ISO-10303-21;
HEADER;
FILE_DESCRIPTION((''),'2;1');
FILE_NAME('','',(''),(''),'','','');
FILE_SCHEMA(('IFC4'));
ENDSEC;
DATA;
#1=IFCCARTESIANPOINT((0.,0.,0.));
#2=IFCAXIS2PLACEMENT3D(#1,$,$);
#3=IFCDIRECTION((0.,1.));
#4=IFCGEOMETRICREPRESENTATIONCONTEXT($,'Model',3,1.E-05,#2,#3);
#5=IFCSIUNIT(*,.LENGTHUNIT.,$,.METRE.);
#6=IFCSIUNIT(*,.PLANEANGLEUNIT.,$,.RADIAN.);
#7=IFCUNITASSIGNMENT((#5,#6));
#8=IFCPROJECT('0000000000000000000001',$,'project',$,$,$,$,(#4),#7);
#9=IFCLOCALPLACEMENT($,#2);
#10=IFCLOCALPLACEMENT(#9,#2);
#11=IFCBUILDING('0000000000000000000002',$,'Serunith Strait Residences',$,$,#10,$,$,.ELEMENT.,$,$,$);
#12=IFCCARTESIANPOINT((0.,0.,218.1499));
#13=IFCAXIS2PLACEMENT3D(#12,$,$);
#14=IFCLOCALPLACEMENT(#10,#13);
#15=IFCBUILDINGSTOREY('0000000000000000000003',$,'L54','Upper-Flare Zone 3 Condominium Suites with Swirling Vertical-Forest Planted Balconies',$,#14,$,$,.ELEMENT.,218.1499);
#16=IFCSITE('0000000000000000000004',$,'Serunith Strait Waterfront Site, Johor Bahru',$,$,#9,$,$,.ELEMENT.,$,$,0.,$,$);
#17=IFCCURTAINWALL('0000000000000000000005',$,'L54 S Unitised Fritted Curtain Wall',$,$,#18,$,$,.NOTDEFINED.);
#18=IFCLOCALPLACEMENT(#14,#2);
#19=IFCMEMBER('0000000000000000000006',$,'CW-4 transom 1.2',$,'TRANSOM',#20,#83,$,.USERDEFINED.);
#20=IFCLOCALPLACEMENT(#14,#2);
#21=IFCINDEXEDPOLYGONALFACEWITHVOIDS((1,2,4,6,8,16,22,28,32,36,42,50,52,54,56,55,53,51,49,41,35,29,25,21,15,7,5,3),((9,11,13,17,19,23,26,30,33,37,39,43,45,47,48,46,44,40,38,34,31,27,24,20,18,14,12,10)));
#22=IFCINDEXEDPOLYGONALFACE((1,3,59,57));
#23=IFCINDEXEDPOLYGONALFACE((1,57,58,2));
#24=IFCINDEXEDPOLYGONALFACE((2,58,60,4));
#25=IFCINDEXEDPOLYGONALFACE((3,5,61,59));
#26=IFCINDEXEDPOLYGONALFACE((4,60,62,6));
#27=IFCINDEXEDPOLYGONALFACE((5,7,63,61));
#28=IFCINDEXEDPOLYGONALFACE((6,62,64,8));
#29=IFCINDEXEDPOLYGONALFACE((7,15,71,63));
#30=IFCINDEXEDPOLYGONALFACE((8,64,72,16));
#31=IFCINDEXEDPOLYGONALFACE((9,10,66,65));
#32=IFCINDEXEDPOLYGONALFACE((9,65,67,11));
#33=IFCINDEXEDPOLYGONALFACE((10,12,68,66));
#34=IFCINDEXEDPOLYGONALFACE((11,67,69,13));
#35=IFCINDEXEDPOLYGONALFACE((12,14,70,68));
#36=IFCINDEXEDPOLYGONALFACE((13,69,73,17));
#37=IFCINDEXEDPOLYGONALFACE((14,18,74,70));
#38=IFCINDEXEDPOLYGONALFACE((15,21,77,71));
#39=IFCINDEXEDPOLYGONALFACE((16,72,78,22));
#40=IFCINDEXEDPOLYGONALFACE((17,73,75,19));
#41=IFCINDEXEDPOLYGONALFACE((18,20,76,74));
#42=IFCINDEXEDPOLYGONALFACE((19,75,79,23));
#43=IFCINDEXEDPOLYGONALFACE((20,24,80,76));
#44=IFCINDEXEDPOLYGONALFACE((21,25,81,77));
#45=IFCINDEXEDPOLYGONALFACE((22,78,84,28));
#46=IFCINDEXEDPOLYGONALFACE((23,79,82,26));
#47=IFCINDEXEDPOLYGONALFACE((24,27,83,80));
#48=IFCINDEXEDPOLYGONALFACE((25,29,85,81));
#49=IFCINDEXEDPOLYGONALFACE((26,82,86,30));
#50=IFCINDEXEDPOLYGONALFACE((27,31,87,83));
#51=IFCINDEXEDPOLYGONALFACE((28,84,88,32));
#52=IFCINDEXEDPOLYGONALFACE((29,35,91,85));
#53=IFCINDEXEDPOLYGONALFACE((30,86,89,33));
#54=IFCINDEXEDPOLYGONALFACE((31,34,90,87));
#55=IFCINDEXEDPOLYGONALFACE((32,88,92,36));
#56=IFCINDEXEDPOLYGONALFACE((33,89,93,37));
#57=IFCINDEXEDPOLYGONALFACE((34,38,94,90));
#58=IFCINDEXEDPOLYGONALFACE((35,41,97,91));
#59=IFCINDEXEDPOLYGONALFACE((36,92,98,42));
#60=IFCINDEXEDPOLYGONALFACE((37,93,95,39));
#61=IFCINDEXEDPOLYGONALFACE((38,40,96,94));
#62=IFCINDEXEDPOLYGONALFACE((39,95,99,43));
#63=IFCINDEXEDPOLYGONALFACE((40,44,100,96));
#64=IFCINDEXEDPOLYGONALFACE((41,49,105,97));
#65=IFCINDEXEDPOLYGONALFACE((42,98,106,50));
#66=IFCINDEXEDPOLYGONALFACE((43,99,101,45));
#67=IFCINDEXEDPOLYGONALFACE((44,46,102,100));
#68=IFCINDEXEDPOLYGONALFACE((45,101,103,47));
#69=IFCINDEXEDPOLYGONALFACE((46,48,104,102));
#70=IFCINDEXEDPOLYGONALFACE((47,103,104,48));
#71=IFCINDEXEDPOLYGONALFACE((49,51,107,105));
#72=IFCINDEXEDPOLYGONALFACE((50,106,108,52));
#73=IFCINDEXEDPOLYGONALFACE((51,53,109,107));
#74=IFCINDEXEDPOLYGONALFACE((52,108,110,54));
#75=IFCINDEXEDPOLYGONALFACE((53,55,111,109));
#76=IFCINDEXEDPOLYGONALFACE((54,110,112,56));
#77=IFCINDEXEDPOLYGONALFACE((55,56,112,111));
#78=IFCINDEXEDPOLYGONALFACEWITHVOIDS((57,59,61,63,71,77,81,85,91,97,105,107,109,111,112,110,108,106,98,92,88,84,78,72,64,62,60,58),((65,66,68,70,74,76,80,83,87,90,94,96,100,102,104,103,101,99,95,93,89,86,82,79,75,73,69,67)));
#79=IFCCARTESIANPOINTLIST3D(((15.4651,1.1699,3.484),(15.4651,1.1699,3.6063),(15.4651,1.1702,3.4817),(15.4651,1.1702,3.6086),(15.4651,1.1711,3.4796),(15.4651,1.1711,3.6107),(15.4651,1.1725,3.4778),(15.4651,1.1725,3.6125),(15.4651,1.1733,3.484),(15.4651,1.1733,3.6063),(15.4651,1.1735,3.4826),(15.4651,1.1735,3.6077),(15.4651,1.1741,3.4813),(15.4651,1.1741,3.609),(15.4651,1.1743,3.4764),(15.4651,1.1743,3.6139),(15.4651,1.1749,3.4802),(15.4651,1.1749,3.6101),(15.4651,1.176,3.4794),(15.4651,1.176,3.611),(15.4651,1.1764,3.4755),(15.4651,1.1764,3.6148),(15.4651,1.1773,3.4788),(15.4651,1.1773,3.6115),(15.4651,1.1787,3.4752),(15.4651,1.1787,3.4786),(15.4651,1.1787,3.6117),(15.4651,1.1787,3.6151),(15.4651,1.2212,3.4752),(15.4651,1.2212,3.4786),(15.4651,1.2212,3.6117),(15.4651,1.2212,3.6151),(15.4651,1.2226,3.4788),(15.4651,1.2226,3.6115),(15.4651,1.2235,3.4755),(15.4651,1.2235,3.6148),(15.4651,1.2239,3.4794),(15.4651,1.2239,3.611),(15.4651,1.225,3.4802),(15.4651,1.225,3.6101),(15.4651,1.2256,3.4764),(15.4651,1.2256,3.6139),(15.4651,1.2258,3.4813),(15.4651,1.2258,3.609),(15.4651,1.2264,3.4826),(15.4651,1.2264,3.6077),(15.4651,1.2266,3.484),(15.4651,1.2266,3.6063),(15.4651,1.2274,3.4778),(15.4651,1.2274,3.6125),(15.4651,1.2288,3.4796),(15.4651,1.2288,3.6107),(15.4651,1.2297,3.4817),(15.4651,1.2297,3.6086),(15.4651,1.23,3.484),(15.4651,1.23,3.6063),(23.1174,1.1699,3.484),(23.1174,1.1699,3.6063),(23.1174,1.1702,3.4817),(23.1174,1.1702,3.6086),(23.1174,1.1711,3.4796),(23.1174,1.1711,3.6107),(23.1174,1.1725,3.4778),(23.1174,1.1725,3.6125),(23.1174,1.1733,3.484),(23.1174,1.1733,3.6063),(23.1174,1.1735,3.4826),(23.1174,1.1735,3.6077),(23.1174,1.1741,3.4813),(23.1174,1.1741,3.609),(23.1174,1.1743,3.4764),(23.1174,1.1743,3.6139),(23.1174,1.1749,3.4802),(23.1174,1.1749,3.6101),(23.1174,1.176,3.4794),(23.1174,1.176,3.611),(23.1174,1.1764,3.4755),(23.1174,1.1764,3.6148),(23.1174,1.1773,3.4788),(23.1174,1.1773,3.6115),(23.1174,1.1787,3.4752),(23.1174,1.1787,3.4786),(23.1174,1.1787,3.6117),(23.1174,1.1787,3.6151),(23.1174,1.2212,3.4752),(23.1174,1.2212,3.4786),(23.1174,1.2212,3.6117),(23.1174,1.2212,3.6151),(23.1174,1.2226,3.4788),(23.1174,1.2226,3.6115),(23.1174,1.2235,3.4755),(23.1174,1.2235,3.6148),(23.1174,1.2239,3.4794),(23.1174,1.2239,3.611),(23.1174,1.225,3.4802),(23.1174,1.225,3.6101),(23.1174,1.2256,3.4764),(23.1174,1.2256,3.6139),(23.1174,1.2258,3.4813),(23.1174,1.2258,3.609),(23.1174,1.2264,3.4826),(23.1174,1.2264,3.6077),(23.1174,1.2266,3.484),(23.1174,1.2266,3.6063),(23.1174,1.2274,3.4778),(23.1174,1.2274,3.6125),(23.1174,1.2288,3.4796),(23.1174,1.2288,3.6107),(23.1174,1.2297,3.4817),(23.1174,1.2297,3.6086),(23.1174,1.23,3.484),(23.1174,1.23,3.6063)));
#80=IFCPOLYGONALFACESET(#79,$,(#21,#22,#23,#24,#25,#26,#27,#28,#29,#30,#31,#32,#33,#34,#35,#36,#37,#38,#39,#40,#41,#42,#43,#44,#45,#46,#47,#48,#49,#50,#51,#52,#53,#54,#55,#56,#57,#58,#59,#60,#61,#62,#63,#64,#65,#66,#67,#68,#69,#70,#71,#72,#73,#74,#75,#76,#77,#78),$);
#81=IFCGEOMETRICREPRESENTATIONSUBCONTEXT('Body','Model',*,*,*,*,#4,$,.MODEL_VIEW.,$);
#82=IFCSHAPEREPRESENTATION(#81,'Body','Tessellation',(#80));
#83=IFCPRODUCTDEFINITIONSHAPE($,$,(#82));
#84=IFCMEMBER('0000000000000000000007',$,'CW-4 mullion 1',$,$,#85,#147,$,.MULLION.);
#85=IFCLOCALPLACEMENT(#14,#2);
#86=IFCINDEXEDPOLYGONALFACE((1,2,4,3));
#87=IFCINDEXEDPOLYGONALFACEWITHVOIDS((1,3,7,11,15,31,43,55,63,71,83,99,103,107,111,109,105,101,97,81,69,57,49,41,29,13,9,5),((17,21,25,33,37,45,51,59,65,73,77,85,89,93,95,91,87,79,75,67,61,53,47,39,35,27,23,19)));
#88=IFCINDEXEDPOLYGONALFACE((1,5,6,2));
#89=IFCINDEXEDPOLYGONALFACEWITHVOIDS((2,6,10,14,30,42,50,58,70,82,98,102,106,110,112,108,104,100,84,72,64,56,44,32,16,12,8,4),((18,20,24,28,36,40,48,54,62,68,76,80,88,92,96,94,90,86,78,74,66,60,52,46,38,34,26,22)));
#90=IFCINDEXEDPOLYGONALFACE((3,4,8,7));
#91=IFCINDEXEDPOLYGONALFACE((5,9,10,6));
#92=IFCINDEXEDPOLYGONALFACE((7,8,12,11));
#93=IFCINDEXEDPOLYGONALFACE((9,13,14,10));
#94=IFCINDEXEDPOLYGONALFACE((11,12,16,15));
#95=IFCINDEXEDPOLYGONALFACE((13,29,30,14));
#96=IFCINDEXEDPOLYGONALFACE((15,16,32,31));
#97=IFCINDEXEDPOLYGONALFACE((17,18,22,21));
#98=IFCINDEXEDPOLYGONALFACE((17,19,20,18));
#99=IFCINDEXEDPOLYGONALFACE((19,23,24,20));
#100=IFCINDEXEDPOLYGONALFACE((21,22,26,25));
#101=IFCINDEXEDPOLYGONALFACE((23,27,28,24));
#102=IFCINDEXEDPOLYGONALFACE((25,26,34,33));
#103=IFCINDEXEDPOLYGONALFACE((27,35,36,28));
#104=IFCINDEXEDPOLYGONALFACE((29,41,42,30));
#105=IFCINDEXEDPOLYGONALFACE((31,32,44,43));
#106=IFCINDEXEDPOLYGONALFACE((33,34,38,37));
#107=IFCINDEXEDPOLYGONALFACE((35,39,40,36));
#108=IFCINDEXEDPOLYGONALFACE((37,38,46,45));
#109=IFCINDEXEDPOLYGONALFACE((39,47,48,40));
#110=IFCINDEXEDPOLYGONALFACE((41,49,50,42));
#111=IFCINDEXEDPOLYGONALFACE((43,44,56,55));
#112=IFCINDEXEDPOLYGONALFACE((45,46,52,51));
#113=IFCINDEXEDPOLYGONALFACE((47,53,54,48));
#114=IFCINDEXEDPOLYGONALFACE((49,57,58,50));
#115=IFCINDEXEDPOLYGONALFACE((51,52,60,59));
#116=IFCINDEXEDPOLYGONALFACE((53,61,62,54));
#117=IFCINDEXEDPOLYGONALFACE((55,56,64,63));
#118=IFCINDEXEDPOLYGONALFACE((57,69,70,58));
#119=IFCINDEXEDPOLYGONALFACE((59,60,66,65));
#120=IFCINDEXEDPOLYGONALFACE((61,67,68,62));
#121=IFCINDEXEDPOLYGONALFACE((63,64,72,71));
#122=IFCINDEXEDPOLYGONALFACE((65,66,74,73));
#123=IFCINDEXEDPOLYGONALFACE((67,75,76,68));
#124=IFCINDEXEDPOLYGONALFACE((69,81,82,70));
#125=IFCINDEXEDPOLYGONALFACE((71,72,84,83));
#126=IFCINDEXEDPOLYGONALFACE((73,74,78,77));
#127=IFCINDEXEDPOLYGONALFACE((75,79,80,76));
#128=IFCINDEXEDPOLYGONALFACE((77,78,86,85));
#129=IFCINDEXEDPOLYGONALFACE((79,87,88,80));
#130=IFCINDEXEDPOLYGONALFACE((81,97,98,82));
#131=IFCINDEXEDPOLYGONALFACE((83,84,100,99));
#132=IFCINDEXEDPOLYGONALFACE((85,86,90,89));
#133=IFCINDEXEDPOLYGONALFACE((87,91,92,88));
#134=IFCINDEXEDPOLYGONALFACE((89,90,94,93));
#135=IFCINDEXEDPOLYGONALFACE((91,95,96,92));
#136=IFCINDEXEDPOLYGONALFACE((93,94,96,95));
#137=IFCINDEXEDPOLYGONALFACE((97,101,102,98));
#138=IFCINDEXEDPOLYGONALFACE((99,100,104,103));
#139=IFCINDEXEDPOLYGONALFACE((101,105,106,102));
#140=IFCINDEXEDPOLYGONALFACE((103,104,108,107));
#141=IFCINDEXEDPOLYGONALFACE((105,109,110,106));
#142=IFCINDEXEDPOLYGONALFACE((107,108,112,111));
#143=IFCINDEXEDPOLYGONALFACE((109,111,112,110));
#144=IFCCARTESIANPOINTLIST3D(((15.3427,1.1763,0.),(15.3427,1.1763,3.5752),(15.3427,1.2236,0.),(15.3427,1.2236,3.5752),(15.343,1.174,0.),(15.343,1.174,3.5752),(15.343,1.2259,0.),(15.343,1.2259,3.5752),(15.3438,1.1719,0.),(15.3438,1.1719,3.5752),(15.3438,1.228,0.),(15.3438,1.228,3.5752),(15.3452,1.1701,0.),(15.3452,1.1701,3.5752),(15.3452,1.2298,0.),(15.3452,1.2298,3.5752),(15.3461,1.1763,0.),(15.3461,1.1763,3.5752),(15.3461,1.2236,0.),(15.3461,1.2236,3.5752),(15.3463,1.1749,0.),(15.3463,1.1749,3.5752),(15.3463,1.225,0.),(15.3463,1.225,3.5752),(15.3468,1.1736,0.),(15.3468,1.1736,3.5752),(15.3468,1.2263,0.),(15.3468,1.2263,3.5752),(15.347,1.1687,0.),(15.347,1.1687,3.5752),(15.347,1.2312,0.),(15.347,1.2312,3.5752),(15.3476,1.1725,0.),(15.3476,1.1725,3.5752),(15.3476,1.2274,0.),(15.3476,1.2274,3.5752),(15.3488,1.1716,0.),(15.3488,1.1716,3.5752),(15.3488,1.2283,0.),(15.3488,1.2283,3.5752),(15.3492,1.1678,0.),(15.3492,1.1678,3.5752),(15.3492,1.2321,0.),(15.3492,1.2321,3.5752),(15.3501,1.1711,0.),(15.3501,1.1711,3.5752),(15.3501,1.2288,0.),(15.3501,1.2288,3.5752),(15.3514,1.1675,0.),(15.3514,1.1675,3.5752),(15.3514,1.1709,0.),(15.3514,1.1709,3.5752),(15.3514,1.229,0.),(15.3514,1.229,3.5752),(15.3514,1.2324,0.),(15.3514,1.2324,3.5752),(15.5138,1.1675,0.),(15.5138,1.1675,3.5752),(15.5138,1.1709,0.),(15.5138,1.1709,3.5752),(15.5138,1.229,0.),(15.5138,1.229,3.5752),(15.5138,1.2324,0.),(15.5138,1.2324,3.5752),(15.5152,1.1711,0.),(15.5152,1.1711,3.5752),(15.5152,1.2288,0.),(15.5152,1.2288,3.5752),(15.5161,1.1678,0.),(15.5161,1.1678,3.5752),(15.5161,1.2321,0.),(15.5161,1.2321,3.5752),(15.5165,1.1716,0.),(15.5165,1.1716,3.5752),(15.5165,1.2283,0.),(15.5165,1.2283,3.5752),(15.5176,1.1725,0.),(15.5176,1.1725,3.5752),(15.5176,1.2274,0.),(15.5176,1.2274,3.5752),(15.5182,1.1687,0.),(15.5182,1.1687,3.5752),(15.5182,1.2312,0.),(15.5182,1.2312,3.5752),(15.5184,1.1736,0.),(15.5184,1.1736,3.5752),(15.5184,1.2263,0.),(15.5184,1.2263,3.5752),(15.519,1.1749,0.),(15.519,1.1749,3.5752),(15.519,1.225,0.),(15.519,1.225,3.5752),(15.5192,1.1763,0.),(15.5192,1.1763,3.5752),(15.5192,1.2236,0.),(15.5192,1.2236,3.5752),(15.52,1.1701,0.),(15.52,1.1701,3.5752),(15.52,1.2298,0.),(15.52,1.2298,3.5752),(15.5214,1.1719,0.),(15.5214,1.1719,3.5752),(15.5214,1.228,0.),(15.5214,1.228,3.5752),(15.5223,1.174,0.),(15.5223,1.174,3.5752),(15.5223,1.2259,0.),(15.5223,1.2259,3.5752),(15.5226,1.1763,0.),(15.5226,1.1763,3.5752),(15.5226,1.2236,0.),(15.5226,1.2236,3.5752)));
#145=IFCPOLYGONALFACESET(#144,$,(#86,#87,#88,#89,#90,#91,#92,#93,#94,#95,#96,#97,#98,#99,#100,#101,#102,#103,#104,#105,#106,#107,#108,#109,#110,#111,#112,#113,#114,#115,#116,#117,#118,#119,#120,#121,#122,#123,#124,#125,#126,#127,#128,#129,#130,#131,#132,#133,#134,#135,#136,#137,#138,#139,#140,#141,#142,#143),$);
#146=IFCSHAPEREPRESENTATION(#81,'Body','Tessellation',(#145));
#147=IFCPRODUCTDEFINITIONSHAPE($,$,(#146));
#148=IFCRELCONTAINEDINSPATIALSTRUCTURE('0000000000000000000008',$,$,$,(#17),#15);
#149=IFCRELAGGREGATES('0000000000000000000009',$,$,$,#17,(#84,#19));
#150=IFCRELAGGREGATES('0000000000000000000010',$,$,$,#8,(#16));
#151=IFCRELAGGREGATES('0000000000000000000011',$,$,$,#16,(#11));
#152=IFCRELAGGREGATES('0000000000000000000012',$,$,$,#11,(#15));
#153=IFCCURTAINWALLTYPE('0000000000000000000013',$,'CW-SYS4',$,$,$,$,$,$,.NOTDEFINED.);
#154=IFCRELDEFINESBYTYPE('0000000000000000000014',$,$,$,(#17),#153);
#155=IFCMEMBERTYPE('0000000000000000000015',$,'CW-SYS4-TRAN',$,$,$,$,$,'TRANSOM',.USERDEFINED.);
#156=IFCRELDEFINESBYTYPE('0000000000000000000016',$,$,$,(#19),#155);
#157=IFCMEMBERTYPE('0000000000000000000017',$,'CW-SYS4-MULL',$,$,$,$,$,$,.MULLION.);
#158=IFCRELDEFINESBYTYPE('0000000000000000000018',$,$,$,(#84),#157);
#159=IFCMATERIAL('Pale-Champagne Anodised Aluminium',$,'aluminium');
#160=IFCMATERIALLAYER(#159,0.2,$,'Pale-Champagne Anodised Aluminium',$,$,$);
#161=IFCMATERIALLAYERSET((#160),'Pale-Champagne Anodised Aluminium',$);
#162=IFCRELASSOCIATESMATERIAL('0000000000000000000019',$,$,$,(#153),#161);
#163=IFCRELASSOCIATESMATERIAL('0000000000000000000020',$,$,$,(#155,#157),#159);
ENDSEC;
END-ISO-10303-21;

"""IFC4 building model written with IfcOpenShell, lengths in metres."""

from ifc_helpers import new_model, si_unit, direction, frame, origin, origin_2d, place, context, subcontext, project, spatial, hollow_rectangle, extrude, source, transform, mapped, material, layer, layer_set, material_profile, profile_set, type_object, element, aggregate, save


model = new_model("IFC4")

# Units and contexts
model_context = context("Model", 3, precision=1e-05, world=origin(), true_north=direction((0.0, 1.0)))
body_context = subcontext(model_context, "Body", "Model", "MODEL_VIEW")
ifc_project = project(units=[si_unit("LENGTHUNIT", "METRE"), si_unit("PLANEANGLEUNIT", "RADIAN")], contexts=[model_context])

# Site, building, storey
site_placement = place(None, origin())
site = spatial("IfcSite", under=ifc_project, at=site_placement, Name="Serunith Strait Waterfront Site, Johor Bahru", CompositionType="ELEMENT", RefElevation=0.0)
building_placement = place(site_placement, origin())
building = spatial("IfcBuilding", under=site, at=building_placement, Name="Serunith Strait Residences", CompositionType="ELEMENT")
storey_placement = place(building_placement, frame((0.0, 0.0, 218.1499)))
storey = spatial("IfcBuildingStorey", under=building, at=storey_placement, Name="L54", Description="Upper-Flare Zone 3 Condominium Suites with Swirling Vertical-Forest Planted Balconies", CompositionType="ELEMENT", Elevation=218.1499)

# Curtain wall, members
ifc_material_1 = material(Name="Pale-Champagne Anodised Aluminium", Category="aluminium")
ifc_layer_1 = layer(ifc_material_1, 0.2, Name="Pale-Champagne Anodised Aluminium")
ifc_layer_set_1 = layer_set([ifc_layer_1], Name="Pale-Champagne Anodised Aluminium")
curtain_wall_type = type_object("IfcCurtainWallType", Name="CW-SYS4", PredefinedType="NOTDEFINED", material=ifc_layer_set_1)
curtain_wall_1_placement = place(storey_placement, origin())
curtain_wall_1 = element("IfcCurtainWall", 1, at=curtain_wall_1_placement, inside=storey, type_object=curtain_wall_type, Name="L54 S Unitised Fritted Curtain Wall", PredefinedType="NOTDEFINED")
ifc_material_profile_1 = material_profile(ifc_material_1, hollow_rectangle(XDim=0.0601, YDim=0.1399, WallThickness=0.0034, InnerFilletRadius=0.0054, OuterFilletRadius=0.0088, at=origin_2d()), Name="ALU 140x60x3.5")
ifc_profile_set_1 = profile_set([ifc_material_profile_1], Name="Pale-Champagne Anodised Aluminium")
member_type_1 = type_object("IfcMemberType", Name="CW-SYS4-TRAN", ElementType="TRANSOM", PredefinedType="USERDEFINED", material=ifc_profile_set_1)
shared_shape_1 = source(origin(), body_context, "Body", "SweptSolid", [
    extrude(hollow_rectangle(XDim=0.0601, YDim=0.1399, WallThickness=0.0034, InnerFilletRadius=0.0054, OuterFilletRadius=0.0088, at=origin_2d()), origin(), (0.0, 0.0, 1.0), 7.6523),
])
member_1_placement = place(storey_placement, frame((15.4651, 1.2, 3.5452), z_axis=(1.0, 0.0, 0.0), x_axis=(0.0, 1.0, 0.0)))
member_1 = element("IfcMember", 2, at=member_1_placement, type_object=member_type_1, Name="CW-4 transom 1.2", ObjectType="TRANSOM", PredefinedType="USERDEFINED", context=body_context, shape_type="MappedRepresentation", body=[
    mapped(shared_shape_1, transform((0.0, 0.0, 0.0), scale=1.0)),
])
ifc_material_profile_2 = material_profile(ifc_material_1, hollow_rectangle(XDim=0.0649, YDim=0.1799, WallThickness=0.0034, InnerFilletRadius=0.0054, OuterFilletRadius=0.0088, at=origin_2d()), Name="ALU 180x65x3.5")
ifc_profile_set_2 = profile_set([ifc_material_profile_2], Name="Pale-Champagne Anodised Aluminium")
member_type_2 = type_object("IfcMemberType", Name="CW-SYS4-MULL", PredefinedType="MULLION", material=ifc_profile_set_2)
shared_shape_2 = source(origin(), body_context, "Body", "SweptSolid", [
    extrude(hollow_rectangle(XDim=0.0649, YDim=0.1799, WallThickness=0.0034, InnerFilletRadius=0.0054, OuterFilletRadius=0.0088, at=origin_2d()), origin(), (0.0, 0.0, 1.0), 3.5752),
])
member_2_placement = place(storey_placement, frame((15.4326, 1.2, 0.0), z_axis=(0.0, 0.0, 1.0), x_axis=(0.0, 1.0, 0.0)))
member_2 = element("IfcMember", 3, at=member_2_placement, type_object=member_type_2, Name="CW-4 mullion 1", PredefinedType="MULLION", context=body_context, shape_type="MappedRepresentation", body=[
    mapped(shared_shape_2, transform((0.0, 0.0, 0.0), scale=1.0)),
])
aggregate(curtain_wall_1, [member_2, member_1])

save(model, "model.ifc")
